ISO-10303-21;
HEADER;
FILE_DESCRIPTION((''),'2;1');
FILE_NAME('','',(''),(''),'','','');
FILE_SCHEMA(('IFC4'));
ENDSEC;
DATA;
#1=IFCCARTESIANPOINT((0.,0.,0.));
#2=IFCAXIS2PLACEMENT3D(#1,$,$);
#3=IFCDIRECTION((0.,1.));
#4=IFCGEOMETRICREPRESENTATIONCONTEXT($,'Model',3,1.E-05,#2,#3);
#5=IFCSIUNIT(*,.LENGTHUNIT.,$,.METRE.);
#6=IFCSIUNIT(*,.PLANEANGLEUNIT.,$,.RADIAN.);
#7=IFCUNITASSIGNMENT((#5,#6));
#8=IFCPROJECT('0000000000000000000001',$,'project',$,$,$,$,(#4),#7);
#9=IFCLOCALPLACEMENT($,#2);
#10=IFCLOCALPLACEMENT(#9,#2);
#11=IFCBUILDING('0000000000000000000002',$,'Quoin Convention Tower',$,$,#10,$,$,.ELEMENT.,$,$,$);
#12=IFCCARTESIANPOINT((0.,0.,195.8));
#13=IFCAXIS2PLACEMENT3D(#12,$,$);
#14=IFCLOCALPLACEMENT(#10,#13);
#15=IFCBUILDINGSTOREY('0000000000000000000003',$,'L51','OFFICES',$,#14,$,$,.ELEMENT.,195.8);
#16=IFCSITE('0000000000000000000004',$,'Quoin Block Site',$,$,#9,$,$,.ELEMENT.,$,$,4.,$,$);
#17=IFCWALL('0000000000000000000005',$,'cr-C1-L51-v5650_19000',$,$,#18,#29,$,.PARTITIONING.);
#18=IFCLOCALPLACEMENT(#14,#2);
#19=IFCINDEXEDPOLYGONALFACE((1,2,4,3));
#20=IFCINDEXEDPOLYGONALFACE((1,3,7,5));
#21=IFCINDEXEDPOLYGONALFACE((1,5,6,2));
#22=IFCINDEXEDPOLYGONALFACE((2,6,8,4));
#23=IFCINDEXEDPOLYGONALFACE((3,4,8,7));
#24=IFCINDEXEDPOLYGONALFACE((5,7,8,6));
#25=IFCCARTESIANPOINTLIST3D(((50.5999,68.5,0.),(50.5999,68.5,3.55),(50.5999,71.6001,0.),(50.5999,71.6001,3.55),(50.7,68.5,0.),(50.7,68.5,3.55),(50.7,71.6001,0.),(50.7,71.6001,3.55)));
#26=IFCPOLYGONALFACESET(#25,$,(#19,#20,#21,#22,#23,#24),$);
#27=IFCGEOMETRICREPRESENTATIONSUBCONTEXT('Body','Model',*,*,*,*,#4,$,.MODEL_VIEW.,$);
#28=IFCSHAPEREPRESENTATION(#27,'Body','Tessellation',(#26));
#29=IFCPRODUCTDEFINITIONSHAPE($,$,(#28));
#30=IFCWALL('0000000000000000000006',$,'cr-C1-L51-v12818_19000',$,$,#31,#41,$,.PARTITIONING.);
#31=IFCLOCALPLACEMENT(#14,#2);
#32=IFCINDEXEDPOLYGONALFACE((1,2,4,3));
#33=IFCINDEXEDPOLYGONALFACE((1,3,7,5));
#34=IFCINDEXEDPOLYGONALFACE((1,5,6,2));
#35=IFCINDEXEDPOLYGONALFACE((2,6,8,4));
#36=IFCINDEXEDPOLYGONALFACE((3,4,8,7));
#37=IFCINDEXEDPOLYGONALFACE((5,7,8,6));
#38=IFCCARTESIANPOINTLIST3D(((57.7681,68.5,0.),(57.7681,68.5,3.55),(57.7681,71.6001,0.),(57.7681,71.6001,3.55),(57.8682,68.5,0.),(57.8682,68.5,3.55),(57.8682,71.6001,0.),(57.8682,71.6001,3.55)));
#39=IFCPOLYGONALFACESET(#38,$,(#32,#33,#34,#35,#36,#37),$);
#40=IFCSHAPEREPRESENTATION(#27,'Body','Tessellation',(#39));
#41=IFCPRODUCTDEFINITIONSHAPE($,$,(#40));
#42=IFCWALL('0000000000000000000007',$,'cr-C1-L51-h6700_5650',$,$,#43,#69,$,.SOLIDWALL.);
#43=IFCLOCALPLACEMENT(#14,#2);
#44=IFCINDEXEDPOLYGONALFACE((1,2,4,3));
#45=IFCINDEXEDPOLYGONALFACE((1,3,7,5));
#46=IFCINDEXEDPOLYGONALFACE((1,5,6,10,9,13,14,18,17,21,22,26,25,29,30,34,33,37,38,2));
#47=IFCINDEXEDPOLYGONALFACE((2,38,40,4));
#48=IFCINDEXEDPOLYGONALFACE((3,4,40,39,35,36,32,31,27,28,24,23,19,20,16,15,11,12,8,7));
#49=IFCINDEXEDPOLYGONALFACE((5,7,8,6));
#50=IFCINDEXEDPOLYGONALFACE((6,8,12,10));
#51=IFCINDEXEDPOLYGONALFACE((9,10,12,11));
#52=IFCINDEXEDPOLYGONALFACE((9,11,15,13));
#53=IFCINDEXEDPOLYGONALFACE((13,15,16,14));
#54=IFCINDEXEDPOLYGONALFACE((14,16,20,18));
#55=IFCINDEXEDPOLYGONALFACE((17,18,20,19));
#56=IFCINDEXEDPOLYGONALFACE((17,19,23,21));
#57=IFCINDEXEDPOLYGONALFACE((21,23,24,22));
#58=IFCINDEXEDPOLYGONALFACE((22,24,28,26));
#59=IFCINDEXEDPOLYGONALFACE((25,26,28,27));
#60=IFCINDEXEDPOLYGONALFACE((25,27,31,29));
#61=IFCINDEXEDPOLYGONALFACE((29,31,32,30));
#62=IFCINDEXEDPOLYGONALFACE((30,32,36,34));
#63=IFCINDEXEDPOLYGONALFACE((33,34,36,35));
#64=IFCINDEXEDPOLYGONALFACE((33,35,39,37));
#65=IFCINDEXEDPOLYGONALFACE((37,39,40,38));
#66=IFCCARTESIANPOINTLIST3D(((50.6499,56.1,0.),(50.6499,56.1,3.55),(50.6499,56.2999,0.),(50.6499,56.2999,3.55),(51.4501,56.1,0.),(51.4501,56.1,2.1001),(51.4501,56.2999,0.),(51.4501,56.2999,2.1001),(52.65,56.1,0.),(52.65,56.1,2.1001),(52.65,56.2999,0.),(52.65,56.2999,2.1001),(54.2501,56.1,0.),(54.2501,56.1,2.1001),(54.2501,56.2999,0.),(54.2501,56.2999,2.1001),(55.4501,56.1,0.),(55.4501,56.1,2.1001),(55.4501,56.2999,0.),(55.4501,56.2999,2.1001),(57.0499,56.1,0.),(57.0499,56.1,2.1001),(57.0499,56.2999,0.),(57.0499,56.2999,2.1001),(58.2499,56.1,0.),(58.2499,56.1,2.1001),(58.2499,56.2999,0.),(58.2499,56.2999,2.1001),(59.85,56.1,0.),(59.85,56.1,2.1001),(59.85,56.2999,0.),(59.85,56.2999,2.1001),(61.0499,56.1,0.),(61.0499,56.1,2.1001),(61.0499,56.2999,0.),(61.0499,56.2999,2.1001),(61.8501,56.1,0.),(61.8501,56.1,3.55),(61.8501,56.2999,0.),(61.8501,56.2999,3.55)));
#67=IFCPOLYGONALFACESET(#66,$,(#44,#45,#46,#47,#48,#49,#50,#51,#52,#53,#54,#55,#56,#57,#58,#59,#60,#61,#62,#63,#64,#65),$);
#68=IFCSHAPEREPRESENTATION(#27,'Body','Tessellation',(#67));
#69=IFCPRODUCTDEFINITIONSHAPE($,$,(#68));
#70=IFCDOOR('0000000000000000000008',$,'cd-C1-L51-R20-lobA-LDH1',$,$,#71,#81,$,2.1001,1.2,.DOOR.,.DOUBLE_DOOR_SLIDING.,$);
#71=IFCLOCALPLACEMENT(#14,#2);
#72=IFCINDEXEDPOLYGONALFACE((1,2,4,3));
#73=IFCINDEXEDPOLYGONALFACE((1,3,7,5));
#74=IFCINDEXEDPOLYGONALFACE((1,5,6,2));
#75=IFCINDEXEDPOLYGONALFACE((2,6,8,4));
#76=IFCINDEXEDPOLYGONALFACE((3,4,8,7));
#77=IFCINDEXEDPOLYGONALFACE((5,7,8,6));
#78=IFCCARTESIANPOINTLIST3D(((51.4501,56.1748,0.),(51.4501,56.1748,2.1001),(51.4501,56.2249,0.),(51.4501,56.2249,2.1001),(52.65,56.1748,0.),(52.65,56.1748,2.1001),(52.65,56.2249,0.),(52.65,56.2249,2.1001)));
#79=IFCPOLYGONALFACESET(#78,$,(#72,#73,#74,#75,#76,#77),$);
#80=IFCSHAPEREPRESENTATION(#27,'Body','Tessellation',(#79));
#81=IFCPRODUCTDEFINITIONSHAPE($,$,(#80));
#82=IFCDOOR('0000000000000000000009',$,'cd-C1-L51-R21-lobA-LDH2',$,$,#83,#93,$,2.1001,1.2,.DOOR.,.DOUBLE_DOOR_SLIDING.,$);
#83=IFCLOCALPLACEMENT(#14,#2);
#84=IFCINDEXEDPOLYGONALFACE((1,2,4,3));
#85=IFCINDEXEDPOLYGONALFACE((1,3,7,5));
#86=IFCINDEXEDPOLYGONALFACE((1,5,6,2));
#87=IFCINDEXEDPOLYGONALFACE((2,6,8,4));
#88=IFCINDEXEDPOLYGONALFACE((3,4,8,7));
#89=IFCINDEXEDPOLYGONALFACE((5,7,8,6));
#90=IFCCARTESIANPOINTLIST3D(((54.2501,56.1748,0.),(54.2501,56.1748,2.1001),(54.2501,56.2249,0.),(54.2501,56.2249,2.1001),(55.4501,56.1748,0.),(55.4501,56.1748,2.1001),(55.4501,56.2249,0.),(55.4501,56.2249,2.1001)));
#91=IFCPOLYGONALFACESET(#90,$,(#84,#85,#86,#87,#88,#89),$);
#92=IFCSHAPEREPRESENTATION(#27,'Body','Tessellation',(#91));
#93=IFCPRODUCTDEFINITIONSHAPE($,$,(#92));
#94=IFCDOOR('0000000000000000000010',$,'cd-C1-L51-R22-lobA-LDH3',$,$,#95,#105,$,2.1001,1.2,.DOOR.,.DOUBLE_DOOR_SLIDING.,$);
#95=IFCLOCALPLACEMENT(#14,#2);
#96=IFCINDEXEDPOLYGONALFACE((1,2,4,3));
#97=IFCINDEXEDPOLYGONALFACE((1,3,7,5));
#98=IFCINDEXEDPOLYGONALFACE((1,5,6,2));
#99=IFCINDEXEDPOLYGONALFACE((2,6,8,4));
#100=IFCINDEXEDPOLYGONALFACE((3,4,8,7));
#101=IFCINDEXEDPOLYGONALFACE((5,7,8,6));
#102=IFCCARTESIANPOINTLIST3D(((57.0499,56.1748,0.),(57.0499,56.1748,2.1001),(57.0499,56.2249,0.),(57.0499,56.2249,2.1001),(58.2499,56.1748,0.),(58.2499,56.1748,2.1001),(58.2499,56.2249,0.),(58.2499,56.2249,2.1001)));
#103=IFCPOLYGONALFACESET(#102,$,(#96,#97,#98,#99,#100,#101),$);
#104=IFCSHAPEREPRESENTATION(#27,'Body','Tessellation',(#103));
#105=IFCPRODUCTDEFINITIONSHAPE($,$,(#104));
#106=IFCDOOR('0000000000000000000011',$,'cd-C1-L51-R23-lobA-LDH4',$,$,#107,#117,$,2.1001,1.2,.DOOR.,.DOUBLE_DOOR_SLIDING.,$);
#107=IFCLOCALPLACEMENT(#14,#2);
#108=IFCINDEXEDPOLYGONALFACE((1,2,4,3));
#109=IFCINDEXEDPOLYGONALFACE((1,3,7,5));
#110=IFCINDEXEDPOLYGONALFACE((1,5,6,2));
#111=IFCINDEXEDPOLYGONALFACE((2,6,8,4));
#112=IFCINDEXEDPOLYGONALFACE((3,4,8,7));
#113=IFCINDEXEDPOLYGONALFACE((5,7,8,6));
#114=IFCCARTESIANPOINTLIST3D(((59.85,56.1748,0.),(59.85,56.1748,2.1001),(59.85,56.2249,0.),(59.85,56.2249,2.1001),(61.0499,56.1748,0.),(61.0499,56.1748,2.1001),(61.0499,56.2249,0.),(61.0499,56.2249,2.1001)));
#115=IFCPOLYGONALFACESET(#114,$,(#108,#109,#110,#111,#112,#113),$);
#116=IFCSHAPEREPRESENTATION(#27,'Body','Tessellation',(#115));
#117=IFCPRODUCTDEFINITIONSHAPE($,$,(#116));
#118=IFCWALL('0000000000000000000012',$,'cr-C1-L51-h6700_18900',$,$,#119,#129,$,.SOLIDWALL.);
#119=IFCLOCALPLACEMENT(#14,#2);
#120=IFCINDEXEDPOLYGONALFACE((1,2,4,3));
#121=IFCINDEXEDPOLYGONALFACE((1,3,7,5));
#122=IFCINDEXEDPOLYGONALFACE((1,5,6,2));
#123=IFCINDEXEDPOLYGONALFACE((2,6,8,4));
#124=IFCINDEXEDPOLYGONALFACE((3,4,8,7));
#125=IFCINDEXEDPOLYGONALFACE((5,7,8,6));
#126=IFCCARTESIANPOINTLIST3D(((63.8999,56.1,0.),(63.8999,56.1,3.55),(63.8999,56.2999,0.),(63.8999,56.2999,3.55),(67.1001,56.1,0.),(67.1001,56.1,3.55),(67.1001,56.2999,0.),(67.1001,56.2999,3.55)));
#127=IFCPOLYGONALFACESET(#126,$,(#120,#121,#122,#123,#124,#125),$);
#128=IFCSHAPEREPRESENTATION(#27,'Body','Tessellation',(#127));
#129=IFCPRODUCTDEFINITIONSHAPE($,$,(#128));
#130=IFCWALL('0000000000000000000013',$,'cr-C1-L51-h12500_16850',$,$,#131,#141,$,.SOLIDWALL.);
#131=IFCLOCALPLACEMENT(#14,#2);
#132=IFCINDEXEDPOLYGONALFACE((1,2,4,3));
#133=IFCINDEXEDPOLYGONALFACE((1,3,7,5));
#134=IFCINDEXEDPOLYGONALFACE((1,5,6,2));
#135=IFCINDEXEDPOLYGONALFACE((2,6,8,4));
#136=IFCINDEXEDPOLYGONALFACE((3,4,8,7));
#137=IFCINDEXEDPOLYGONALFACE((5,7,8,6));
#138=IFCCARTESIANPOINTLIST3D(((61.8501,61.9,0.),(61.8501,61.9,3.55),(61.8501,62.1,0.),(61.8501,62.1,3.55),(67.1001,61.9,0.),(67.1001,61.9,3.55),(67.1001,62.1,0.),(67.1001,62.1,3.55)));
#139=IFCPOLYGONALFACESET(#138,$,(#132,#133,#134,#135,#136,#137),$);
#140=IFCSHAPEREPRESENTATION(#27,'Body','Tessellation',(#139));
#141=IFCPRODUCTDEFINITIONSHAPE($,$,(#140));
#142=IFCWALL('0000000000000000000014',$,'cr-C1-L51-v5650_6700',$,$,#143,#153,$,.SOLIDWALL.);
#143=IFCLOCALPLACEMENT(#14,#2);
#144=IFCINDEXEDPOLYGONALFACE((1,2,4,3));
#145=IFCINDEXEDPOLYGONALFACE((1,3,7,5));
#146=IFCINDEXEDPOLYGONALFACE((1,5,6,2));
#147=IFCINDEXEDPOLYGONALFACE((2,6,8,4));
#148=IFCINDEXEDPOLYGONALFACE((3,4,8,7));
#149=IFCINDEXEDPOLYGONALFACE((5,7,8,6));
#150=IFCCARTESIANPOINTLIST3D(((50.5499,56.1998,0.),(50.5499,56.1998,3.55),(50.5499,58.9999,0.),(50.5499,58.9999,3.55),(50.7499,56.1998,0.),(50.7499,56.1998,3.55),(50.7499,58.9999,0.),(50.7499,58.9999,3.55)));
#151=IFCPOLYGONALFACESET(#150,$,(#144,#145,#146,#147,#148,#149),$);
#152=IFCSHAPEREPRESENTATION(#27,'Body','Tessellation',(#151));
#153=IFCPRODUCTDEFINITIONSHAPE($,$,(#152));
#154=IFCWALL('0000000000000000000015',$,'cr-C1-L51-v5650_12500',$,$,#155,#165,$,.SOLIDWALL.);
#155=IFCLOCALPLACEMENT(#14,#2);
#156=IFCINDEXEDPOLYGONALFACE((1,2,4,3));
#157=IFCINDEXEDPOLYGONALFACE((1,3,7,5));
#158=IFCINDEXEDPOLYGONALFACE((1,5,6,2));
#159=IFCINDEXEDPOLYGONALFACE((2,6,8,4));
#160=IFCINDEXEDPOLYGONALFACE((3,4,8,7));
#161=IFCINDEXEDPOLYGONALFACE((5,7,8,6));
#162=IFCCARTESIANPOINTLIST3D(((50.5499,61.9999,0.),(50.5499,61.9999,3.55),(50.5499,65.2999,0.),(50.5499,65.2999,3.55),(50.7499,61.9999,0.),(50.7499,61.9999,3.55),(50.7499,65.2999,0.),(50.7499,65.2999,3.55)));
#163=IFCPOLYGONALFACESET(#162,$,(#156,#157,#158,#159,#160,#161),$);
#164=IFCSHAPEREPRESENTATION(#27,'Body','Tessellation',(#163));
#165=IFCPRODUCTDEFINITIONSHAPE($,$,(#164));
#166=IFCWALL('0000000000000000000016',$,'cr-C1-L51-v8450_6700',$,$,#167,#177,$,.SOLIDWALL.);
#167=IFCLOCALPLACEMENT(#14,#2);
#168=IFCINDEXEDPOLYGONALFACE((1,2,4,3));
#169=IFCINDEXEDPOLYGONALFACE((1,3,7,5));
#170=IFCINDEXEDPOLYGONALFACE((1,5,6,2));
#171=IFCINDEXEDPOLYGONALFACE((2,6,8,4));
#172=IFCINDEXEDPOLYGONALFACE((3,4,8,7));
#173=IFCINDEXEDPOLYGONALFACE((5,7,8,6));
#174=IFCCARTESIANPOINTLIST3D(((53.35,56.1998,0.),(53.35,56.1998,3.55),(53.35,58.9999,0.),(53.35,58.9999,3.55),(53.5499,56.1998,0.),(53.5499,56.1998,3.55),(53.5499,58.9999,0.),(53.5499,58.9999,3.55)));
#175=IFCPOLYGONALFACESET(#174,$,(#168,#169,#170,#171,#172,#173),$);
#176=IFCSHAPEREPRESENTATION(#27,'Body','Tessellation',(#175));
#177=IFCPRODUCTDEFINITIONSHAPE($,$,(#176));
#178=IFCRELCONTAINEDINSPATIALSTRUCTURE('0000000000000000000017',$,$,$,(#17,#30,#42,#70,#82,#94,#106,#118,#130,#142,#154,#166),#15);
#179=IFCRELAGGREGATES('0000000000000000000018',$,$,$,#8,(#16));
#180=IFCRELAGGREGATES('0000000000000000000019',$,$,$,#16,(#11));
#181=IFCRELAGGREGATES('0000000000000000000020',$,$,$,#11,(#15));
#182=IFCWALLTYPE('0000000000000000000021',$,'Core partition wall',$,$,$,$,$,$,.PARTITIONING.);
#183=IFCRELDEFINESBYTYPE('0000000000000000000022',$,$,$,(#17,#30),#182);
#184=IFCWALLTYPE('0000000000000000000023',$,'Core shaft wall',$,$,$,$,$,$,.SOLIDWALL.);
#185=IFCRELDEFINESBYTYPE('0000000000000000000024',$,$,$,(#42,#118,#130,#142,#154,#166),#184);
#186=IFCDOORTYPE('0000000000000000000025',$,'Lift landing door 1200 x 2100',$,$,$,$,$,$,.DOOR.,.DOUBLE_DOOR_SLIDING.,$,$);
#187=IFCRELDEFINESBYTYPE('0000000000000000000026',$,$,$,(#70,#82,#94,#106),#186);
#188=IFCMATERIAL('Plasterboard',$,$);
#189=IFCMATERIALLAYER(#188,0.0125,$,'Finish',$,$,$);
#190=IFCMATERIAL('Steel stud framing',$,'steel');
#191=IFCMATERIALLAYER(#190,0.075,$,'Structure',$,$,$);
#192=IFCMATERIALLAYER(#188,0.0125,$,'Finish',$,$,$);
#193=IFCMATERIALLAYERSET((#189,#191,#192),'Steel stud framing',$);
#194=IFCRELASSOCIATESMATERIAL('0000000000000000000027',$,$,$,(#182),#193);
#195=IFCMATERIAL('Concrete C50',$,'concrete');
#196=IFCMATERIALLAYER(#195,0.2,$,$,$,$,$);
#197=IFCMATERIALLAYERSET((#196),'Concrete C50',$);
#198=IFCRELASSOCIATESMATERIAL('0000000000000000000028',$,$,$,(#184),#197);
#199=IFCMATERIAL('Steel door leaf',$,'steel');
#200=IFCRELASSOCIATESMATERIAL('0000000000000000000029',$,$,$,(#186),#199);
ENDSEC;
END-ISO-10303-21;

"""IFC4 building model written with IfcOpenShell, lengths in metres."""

from ifc_helpers import new_model, si_unit, direction, frame, frame_2d, origin, place, context, subcontext, project, spatial, rectangle, extrude, material, layer, layer_set, type_object, element, fill, save


model = new_model("IFC4")

# Units and contexts
model_context = context("Model", 3, precision=1e-05, world=origin(), true_north=direction((0.0, 1.0)))
body_context = subcontext(model_context, "Body", "Model", "MODEL_VIEW")
ifc_project = project(units=[si_unit("LENGTHUNIT", "METRE"), si_unit("PLANEANGLEUNIT", "RADIAN")], contexts=[model_context])

# Site, building, storey
site_placement = place(None, origin())
site = spatial("IfcSite", under=ifc_project, at=site_placement, Name="Quoin Block Site", CompositionType="ELEMENT", RefElevation=4.0)
building_placement = place(site_placement, origin())
building = spatial("IfcBuilding", under=site, at=building_placement, Name="Quoin Convention Tower", CompositionType="ELEMENT")
storey_placement = place(building_placement, frame((0.0, 0.0, 195.8)))
storey = spatial("IfcBuildingStorey", under=building, at=storey_placement, Name="L51", Description="OFFICES", CompositionType="ELEMENT", Elevation=195.8)

# Walls
ifc_material_1 = material(Name="Plasterboard")
ifc_layer_1 = layer(ifc_material_1, 0.0125, Name="Finish")
ifc_material_2 = material(Name="Steel stud framing", Category="steel")
ifc_layer_2 = layer(ifc_material_2, 0.075, Name="Structure")
ifc_layer_3 = layer(ifc_material_1, 0.0125, Name="Finish")
ifc_layer_set_1 = layer_set([ifc_layer_1, ifc_layer_2, ifc_layer_3], Name="Steel stud framing")
wall_type_1 = type_object("IfcWallType", Name="Core partition wall", PredefinedType="PARTITIONING", material=ifc_layer_set_1)
for number, where, z_axis, x_axis, name in (
    (1, (50.6499, 68.5, 0.0), (0.0, 0.0, 1.0), (0.0, 1.0, 0.0), "cr-C1-L51-v5650_19000"),
    (2, (57.8181, 68.5, 0.0), (0.0, 0.0, 1.0), (0.0, 1.0, 0.0), "cr-C1-L51-v12818_19000"),
):
    element("IfcWall", number, at=place(storey_placement, frame(where, z_axis=z_axis, x_axis=x_axis)), inside=storey, type_object=wall_type_1, Name=name, PredefinedType="PARTITIONING", context=body_context, shape_type="SweptSolid", body=[
        extrude(rectangle(XDim=3.1001, YDim=0.1001, at=frame_2d((1.55, 0.0))), origin(), (0.0, 0.0, 1.0), 3.55),
    ])

# Wall, openings, doors
ifc_material_3 = material(Name="Concrete C50", Category="concrete")
ifc_layer_4 = layer(ifc_material_3, 0.2)
ifc_layer_set_2 = layer_set([ifc_layer_4], Name="Concrete C50")
wall_type_2 = type_object("IfcWallType", Name="Core shaft wall", PredefinedType="SOLIDWALL", material=ifc_layer_set_2)
wall_1_placement = place(storey_placement, frame((50.6499, 56.2, 0.0), z_axis=(0.0, 0.0, 1.0), x_axis=(1.0, 0.0, 0.0)))
wall_1 = element("IfcWall", 3, at=wall_1_placement, inside=storey, type_object=wall_type_2, Name="cr-C1-L51-h6700_5650", PredefinedType="SOLIDWALL", context=body_context, shape_type="SweptSolid", body=[
    extrude(rectangle(XDim=11.2002, YDim=0.2, at=frame_2d((5.6001, 0.0))), origin(), (0.0, 0.0, 1.0), 3.55),
])
opening_1_placement = place(wall_1_placement, frame((0.8, 0.0, 0.0)))
opening_1 = element("IfcOpeningElement", 4, at=opening_1_placement, cuts=wall_1, PredefinedType="OPENING", context=body_context, shape_type="SweptSolid", body=[
    extrude(rectangle(XDim=1.2, YDim=2.1001, at=frame_2d((0.6001, 1.05))), frame((0.0, 0.1099, 0.0), z_axis=(0.0, -1.0, 0.0), x_axis=(1.0, 0.0, 0.0)), (0.0, 0.0, 1.0), 0.22),
])
opening_2_placement = place(wall_1_placement, frame((3.6001, 0.0, 0.0)))
opening_2 = element("IfcOpeningElement", 5, at=opening_2_placement, cuts=wall_1, PredefinedType="OPENING", context=body_context, shape_type="SweptSolid", body=[
    extrude(rectangle(XDim=1.2, YDim=2.1001, at=frame_2d((0.6001, 1.05))), frame((0.0, 0.1099, 0.0), z_axis=(0.0, -1.0, 0.0), x_axis=(1.0, 0.0, 0.0)), (0.0, 0.0, 1.0), 0.22),
])
opening_3_placement = place(wall_1_placement, frame((6.3999, 0.0, 0.0)))
opening_3 = element("IfcOpeningElement", 6, at=opening_3_placement, cuts=wall_1, PredefinedType="OPENING", context=body_context, shape_type="SweptSolid", body=[
    extrude(rectangle(XDim=1.2, YDim=2.1001, at=frame_2d((0.6001, 1.05))), frame((0.0, 0.1099, 0.0), z_axis=(0.0, -1.0, 0.0), x_axis=(1.0, 0.0, 0.0)), (0.0, 0.0, 1.0), 0.22),
])
opening_4_placement = place(wall_1_placement, frame((9.2, 0.0, 0.0)))
opening_4 = element("IfcOpeningElement", 7, at=opening_4_placement, cuts=wall_1, PredefinedType="OPENING", context=body_context, shape_type="SweptSolid", body=[
    extrude(rectangle(XDim=1.2, YDim=2.1001, at=frame_2d((0.6001, 1.05))), frame((0.0, 0.1099, 0.0), z_axis=(0.0, -1.0, 0.0), x_axis=(1.0, 0.0, 0.0)), (0.0, 0.0, 1.0), 0.22),
])
ifc_material_4 = material(Name="Steel door leaf", Category="steel")
door_type = type_object("IfcDoorType", Name="Lift landing door 1200 x 2100", OperationType="DOUBLE_DOOR_SLIDING", PredefinedType="DOOR", material=ifc_material_4)
door_1_placement = place(opening_1_placement, origin())
door_1 = element("IfcDoor", 8, at=door_1_placement, inside=storey, type_object=door_type, Name="cd-C1-L51-R20-lobA-LDH1", OperationType="DOUBLE_DOOR_SLIDING", OverallHeight=2.1001, OverallWidth=1.2, PredefinedType="DOOR", context=body_context, shape_type="SweptSolid", body=[
    extrude(rectangle(XDim=1.2, YDim=2.1001, at=frame_2d((0.6001, 1.05))), frame((0.0, 0.0249, 0.0), z_axis=(0.0, -1.0, 0.0), x_axis=(1.0, 0.0, 0.0)), (0.0, 0.0, 1.0), 0.05),
])
fill(opening_1, door_1)
door_2_placement = place(opening_2_placement, origin())
door_2 = element("IfcDoor", 9, at=door_2_placement, inside=storey, type_object=door_type, Name="cd-C1-L51-R21-lobA-LDH2", OperationType="DOUBLE_DOOR_SLIDING", OverallHeight=2.1001, OverallWidth=1.2, PredefinedType="DOOR", context=body_context, shape_type="SweptSolid", body=[
    extrude(rectangle(XDim=1.2, YDim=2.1001, at=frame_2d((0.6001, 1.05))), frame((0.0, 0.0249, 0.0), z_axis=(0.0, -1.0, 0.0), x_axis=(1.0, 0.0, 0.0)), (0.0, 0.0, 1.0), 0.05),
])
fill(opening_2, door_2)
door_3_placement = place(opening_3_placement, origin())
door_3 = element("IfcDoor", 10, at=door_3_placement, inside=storey, type_object=door_type, Name="cd-C1-L51-R22-lobA-LDH3", OperationType="DOUBLE_DOOR_SLIDING", OverallHeight=2.1001, OverallWidth=1.2, PredefinedType="DOOR", context=body_context, shape_type="SweptSolid", body=[
    extrude(rectangle(XDim=1.2, YDim=2.1001, at=frame_2d((0.6001, 1.05))), frame((0.0, 0.0249, 0.0), z_axis=(0.0, -1.0, 0.0), x_axis=(1.0, 0.0, 0.0)), (0.0, 0.0, 1.0), 0.05),
])
fill(opening_3, door_3)
door_4_placement = place(opening_4_placement, origin())
door_4 = element("IfcDoor", 11, at=door_4_placement, inside=storey, type_object=door_type, Name="cd-C1-L51-R23-lobA-LDH4", OperationType="DOUBLE_DOOR_SLIDING", OverallHeight=2.1001, OverallWidth=1.2, PredefinedType="DOOR", context=body_context, shape_type="SweptSolid", body=[
    extrude(rectangle(XDim=1.2, YDim=2.1001, at=frame_2d((0.6001, 1.05))), frame((0.0, 0.0249, 0.0), z_axis=(0.0, -1.0, 0.0), x_axis=(1.0, 0.0, 0.0)), (0.0, 0.0, 1.0), 0.05),
])
fill(opening_4, door_4)

# Walls
wall_2_placement = place(storey_placement, frame((63.8999, 56.2, 0.0), z_axis=(0.0, 0.0, 1.0), x_axis=(1.0, 0.0, 0.0)))
element("IfcWall", 12, at=wall_2_placement, inside=storey, type_object=wall_type_2, Name="cr-C1-L51-h6700_18900", PredefinedType="SOLIDWALL", context=body_context, shape_type="SweptSolid", body=[
    extrude(rectangle(XDim=3.2002, YDim=0.2, at=frame_2d((1.6001, 0.0))), origin(), (0.0, 0.0, 1.0), 3.55),
])
wall_3_placement = place(storey_placement, frame((61.8501, 62.0, 0.0), z_axis=(0.0, 0.0, 1.0), x_axis=(1.0, 0.0, 0.0)))
element("IfcWall", 13, at=wall_3_placement, inside=storey, type_object=wall_type_2, Name="cr-C1-L51-h12500_16850", PredefinedType="SOLIDWALL", context=body_context, shape_type="SweptSolid", body=[
    extrude(rectangle(XDim=5.25, YDim=0.2, at=frame_2d((2.625, 0.0))), origin(), (0.0, 0.0, 1.0), 3.55),
])
wall_4_placement = place(storey_placement, frame((50.6499, 56.2, 0.0), z_axis=(0.0, 0.0, 1.0), x_axis=(0.0, 1.0, 0.0)))
element("IfcWall", 14, at=wall_4_placement, inside=storey, type_object=wall_type_2, Name="cr-C1-L51-v5650_6700", PredefinedType="SOLIDWALL", context=body_context, shape_type="SweptSolid", body=[
    extrude(rectangle(XDim=2.8, YDim=0.2, at=frame_2d((1.3999, 0.0))), origin(), (0.0, 0.0, 1.0), 3.55),
])
wall_5_placement = place(storey_placement, frame((50.6499, 62.0, 0.0), z_axis=(0.0, 0.0, 1.0), x_axis=(0.0, 1.0, 0.0)))
element("IfcWall", 15, at=wall_5_placement, inside=storey, type_object=wall_type_2, Name="cr-C1-L51-v5650_12500", PredefinedType="SOLIDWALL", context=body_context, shape_type="SweptSolid", body=[
    extrude(rectangle(XDim=3.3, YDim=0.2, at=frame_2d((1.6499, 0.0))), origin(), (0.0, 0.0, 1.0), 3.55),
])
for number, where, z_axis, x_axis, name in (
    (16, (53.45, 56.2, 0.0), (0.0, 0.0, 1.0), (0.0, 1.0, 0.0), "cr-C1-L51-v8450_6700"),
):
    element("IfcWall", number, at=place(storey_placement, frame(where, z_axis=z_axis, x_axis=x_axis)), inside=storey, type_object=wall_type_2, Name=name, PredefinedType="SOLIDWALL", context=body_context, shape_type="SweptSolid", body=[
        extrude(rectangle(XDim=2.8, YDim=0.2, at=frame_2d((1.3999, 0.0))), origin(), (0.0, 0.0, 1.0), 3.55),
    ])

save(model, "model.ifc")
